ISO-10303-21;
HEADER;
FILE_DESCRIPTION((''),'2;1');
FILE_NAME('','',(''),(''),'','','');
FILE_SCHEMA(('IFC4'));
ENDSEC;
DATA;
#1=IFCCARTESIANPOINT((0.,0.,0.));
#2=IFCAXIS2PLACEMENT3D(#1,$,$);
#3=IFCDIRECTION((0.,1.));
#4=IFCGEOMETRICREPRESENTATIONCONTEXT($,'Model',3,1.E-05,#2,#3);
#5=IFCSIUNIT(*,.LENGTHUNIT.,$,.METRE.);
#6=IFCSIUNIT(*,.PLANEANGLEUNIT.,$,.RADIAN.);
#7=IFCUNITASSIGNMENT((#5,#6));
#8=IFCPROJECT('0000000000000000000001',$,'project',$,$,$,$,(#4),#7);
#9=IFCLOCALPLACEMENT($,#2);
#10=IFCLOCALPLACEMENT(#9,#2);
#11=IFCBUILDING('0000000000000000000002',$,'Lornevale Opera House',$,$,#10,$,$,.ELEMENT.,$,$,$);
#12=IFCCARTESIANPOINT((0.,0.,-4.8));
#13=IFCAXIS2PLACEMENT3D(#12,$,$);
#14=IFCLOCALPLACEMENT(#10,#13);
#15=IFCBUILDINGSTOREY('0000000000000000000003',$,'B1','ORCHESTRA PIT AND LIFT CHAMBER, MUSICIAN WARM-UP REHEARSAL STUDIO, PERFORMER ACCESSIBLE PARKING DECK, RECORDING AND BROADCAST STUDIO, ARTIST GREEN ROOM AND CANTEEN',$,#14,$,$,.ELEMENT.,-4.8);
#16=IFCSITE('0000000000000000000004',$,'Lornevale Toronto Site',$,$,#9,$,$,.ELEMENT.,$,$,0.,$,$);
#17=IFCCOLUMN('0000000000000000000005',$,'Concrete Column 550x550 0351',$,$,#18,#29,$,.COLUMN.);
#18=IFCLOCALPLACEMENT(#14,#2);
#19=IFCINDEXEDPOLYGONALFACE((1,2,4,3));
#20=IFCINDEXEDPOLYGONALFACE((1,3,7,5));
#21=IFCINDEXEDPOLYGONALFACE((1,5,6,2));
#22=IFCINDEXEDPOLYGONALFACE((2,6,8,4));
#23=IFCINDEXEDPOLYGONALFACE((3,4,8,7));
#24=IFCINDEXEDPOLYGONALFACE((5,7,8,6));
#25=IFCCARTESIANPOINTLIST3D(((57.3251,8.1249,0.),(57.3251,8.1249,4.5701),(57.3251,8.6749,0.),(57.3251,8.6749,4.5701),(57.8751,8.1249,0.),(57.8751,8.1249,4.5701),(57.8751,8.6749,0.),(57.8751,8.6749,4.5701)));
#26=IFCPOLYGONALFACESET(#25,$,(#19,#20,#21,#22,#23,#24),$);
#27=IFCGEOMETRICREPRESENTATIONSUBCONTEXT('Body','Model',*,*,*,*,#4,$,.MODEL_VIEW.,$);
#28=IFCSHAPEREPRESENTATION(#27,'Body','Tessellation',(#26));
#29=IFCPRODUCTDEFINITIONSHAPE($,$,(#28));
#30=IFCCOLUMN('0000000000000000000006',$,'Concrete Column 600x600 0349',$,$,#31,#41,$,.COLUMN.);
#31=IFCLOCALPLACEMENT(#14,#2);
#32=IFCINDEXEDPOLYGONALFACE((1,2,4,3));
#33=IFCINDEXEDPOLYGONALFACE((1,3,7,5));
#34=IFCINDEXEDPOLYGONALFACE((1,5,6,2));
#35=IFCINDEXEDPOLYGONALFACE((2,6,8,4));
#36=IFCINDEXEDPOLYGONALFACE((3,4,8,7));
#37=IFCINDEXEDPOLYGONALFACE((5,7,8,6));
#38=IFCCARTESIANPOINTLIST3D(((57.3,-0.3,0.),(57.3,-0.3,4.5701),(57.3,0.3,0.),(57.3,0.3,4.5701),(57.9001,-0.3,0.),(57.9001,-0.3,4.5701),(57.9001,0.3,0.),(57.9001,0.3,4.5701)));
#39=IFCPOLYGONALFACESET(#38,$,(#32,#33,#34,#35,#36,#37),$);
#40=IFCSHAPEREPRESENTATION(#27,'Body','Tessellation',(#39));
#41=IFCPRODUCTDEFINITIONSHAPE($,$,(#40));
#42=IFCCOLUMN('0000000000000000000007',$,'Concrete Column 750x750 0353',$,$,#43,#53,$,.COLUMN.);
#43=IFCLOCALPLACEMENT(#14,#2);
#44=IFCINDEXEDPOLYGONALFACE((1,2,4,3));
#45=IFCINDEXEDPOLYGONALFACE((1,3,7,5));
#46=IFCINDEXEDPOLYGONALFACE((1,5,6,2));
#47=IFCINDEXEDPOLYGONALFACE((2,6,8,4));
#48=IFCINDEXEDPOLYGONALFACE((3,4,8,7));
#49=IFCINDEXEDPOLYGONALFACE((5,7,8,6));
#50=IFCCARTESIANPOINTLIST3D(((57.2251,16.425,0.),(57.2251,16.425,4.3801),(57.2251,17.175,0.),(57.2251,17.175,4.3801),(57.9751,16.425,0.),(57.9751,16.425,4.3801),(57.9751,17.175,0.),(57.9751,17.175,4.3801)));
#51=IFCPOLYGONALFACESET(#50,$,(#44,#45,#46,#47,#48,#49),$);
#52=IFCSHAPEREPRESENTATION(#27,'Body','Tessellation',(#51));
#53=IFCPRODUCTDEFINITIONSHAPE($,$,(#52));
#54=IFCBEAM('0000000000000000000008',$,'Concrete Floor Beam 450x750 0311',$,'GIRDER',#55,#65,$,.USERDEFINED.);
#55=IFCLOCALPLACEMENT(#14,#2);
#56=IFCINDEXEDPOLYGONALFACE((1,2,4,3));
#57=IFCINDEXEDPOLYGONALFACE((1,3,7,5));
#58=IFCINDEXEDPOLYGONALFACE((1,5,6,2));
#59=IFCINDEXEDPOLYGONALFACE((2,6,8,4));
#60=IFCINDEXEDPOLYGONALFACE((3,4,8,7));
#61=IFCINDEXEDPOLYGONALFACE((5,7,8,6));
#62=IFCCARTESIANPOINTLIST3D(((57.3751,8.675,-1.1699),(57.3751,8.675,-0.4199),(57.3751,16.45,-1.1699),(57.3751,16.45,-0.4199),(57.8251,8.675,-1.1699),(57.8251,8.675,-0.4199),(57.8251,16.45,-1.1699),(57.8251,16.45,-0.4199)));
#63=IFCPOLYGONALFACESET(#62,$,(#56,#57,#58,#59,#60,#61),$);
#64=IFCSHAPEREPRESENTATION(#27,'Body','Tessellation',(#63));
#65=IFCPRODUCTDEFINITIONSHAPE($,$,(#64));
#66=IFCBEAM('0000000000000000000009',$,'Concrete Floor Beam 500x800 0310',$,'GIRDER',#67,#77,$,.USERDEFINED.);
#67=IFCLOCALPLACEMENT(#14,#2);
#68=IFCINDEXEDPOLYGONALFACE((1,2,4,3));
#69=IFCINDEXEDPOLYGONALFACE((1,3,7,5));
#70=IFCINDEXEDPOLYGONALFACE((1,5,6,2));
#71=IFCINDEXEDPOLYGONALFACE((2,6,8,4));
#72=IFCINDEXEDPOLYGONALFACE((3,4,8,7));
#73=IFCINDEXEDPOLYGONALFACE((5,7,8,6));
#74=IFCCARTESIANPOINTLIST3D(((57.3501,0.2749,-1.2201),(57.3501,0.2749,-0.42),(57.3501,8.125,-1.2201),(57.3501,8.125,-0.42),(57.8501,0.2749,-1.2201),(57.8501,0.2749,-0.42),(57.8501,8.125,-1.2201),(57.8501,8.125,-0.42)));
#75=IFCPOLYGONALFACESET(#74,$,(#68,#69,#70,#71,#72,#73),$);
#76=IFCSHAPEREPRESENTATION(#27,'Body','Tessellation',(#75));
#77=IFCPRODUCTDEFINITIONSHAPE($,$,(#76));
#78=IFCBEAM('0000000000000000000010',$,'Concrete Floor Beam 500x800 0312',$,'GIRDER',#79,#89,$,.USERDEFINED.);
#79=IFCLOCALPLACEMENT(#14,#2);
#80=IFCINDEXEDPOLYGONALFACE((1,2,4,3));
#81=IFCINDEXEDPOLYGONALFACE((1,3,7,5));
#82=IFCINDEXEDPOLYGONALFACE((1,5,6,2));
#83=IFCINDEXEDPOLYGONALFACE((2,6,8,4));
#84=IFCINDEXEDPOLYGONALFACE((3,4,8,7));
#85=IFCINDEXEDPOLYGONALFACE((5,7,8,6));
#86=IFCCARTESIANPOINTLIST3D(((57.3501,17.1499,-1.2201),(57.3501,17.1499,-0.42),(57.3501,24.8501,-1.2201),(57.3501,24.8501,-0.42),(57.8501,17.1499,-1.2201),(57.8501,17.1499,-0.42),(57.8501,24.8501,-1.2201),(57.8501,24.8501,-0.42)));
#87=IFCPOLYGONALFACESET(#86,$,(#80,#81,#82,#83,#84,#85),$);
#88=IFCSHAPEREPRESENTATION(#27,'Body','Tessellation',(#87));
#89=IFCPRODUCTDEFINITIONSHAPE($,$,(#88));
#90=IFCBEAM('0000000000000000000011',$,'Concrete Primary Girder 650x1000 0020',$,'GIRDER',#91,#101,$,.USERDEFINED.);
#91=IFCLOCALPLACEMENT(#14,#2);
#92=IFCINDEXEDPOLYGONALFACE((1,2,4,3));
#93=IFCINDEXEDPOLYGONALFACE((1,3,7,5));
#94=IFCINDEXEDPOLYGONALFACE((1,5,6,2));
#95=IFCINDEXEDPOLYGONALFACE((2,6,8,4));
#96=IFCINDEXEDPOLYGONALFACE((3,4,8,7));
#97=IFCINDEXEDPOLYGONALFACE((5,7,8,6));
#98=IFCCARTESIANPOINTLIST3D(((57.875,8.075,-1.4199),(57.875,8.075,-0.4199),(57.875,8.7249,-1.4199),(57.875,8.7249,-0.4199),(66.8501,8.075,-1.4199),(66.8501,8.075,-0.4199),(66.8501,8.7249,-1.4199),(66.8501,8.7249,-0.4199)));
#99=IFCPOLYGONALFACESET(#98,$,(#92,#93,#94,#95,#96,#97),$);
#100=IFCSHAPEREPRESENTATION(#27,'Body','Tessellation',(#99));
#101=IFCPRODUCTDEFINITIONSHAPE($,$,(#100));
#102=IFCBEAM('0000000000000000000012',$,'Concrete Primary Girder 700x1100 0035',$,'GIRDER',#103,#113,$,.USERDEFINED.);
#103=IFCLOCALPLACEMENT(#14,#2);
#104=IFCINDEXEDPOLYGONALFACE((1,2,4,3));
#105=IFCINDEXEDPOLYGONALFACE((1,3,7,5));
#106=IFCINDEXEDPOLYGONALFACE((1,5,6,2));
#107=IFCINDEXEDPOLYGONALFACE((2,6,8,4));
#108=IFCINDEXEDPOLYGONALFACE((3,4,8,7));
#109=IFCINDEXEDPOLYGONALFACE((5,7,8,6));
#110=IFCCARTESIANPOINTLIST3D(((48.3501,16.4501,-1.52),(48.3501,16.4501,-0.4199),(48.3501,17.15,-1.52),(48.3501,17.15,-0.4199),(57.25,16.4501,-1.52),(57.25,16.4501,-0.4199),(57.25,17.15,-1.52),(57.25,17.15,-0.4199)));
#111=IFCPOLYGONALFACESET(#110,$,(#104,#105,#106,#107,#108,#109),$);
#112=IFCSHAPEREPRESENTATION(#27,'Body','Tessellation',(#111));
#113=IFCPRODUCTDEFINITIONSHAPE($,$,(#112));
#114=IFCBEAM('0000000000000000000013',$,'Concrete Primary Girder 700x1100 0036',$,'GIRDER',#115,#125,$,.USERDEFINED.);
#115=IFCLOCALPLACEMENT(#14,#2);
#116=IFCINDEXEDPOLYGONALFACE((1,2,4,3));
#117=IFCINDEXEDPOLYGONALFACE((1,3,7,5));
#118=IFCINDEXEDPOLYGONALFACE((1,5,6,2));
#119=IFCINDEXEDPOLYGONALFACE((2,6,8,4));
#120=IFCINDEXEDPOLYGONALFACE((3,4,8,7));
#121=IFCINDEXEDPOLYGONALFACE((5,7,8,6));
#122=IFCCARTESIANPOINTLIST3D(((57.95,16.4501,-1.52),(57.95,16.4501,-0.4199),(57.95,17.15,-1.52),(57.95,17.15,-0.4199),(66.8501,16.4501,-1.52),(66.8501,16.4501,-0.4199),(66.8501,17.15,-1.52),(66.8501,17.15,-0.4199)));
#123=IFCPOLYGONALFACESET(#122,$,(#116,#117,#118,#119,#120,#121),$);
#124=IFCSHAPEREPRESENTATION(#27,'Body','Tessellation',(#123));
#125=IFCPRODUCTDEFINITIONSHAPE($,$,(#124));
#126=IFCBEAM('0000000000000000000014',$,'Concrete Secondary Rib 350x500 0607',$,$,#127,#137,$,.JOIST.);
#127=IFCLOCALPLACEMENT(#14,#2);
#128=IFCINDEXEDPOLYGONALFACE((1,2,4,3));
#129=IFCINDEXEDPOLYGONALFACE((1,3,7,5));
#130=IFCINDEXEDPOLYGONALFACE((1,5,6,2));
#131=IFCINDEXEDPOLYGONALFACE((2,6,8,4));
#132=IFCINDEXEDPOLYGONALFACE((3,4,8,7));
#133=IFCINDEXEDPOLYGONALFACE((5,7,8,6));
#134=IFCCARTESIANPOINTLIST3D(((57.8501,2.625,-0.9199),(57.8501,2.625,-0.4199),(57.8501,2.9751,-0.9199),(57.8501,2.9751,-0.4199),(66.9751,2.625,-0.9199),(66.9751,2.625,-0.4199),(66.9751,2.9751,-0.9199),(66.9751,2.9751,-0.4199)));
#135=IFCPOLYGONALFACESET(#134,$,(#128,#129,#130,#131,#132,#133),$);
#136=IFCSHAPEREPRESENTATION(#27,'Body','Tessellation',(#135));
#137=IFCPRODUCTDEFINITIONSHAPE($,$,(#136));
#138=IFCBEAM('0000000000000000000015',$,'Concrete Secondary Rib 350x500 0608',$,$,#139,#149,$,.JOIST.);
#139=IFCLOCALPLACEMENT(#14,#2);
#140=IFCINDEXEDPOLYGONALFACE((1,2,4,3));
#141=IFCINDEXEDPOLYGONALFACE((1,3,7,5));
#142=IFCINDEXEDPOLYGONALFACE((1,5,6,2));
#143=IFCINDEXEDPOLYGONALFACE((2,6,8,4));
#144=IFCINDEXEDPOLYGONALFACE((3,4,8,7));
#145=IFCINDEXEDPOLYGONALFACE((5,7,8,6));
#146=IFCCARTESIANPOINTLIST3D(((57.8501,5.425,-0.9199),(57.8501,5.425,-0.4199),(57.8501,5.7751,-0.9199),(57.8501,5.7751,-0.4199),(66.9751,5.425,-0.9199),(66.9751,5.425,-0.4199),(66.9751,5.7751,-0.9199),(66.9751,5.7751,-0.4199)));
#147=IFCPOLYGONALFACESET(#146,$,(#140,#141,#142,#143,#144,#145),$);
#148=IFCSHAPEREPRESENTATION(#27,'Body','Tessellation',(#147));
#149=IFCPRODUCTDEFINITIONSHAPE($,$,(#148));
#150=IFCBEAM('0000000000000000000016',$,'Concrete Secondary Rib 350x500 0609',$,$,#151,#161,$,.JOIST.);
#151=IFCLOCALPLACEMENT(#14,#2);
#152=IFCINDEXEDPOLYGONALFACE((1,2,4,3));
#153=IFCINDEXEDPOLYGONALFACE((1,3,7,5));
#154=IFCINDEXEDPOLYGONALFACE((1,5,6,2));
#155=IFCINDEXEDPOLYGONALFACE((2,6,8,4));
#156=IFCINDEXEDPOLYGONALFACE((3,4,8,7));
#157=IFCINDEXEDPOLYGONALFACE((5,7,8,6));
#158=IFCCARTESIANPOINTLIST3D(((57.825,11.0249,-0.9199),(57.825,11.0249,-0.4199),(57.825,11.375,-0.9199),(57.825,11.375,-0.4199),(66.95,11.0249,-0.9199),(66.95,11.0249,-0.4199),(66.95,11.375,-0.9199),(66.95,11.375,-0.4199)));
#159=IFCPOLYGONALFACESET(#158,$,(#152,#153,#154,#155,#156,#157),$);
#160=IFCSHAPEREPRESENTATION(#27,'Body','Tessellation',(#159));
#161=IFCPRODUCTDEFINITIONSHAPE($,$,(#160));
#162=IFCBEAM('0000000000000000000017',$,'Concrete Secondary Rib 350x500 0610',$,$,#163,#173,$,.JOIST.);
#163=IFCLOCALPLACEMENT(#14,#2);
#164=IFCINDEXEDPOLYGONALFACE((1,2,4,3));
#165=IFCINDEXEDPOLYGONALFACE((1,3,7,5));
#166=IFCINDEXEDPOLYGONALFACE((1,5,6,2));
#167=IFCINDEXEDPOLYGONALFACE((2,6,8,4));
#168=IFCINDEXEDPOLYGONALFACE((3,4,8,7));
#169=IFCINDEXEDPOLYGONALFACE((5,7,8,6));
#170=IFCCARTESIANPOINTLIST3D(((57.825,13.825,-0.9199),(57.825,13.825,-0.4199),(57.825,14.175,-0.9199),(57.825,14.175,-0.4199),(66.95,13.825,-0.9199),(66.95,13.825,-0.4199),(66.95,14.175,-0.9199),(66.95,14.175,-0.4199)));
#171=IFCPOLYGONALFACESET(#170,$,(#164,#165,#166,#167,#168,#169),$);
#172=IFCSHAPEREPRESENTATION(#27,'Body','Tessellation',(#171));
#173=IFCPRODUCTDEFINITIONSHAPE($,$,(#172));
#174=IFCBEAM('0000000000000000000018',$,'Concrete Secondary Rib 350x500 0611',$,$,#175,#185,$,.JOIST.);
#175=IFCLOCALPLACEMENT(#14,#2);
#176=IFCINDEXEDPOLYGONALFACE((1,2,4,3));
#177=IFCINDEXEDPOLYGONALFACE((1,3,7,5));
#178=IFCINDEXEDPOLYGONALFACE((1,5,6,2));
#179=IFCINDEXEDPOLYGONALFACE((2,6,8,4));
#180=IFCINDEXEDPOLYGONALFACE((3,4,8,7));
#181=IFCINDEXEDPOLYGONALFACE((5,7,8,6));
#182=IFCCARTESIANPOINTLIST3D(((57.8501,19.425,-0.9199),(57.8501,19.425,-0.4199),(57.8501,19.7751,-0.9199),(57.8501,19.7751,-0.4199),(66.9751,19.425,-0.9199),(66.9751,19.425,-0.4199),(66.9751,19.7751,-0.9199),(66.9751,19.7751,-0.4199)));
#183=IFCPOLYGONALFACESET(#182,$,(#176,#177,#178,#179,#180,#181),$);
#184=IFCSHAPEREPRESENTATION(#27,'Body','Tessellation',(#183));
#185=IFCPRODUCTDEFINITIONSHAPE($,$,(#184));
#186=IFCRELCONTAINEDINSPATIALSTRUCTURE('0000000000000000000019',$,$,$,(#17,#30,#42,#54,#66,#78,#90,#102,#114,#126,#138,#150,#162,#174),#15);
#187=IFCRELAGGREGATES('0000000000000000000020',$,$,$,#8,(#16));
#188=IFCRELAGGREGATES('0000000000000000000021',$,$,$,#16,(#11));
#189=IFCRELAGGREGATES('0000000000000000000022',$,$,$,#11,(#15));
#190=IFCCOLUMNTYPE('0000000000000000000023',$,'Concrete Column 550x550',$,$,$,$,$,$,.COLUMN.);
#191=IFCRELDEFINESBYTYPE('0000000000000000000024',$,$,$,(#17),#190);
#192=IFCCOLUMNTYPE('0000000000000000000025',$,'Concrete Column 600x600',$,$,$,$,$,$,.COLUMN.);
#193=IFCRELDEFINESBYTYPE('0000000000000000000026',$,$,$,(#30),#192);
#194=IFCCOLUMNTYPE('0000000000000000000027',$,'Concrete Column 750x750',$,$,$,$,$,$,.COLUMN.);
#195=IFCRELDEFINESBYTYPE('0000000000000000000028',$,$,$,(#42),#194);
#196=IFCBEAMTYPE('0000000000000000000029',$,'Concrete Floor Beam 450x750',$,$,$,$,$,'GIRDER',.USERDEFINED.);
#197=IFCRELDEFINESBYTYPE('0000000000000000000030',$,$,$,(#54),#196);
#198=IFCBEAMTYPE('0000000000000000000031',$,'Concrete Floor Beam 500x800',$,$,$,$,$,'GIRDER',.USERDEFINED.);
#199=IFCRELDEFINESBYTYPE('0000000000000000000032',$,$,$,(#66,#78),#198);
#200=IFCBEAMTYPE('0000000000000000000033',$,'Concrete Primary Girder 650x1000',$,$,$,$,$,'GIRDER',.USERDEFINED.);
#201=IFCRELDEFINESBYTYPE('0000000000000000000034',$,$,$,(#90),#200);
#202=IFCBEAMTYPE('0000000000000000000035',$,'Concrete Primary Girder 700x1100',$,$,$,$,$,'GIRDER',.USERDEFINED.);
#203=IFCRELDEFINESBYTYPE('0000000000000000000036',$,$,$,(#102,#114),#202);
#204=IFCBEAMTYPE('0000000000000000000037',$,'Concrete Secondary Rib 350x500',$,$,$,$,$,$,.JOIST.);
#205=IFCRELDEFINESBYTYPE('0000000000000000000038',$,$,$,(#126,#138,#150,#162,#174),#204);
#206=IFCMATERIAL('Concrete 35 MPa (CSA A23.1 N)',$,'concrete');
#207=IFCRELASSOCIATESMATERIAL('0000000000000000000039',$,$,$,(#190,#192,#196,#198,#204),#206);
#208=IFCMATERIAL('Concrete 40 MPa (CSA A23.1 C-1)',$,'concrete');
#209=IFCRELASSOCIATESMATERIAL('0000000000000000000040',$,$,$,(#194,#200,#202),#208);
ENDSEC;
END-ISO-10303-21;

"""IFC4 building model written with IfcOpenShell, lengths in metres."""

from ifc_helpers import new_model, si_unit, direction, frame, origin, origin_2d, place, context, subcontext, project, spatial, rectangle, extrude, material, material_profile, profile_set, type_object, element, save


model = new_model("IFC4")

# Units and contexts
model_context = context("Model", 3, precision=1e-05, world=origin(), true_north=direction((0.0, 1.0)))
body_context = subcontext(model_context, "Body", "Model", "MODEL_VIEW")
ifc_project = project(units=[si_unit("LENGTHUNIT", "METRE"), si_unit("PLANEANGLEUNIT", "RADIAN")], contexts=[model_context])

# Site, building, storey
site_placement = place(None, origin())
site = spatial("IfcSite", under=ifc_project, at=site_placement, Name="Lornevale Toronto Site", CompositionType="ELEMENT", RefElevation=0.0)
building_placement = place(site_placement, origin())
building = spatial("IfcBuilding", under=site, at=building_placement, Name="Lornevale Opera House", CompositionType="ELEMENT")
storey_placement = place(building_placement, frame((0.0, 0.0, -4.8)))
storey = spatial("IfcBuildingStorey", under=building, at=storey_placement, Name="B1", Description="ORCHESTRA PIT AND LIFT CHAMBER, MUSICIAN WARM-UP REHEARSAL STUDIO, PERFORMER ACCESSIBLE PARKING DECK, RECORDING AND BROADCAST STUDIO, ARTIST GREEN ROOM AND CANTEEN", CompositionType="ELEMENT", Elevation=-4.8)

# Columns
ifc_material_1 = material(Name="Concrete 35 MPa (CSA A23.1 N)", Category="concrete")
ifc_material_profile_1 = material_profile(ifc_material_1, rectangle(XDim=0.55, YDim=0.55, at=origin_2d()), Name="RC550x550")
ifc_profile_set_1 = profile_set([ifc_material_profile_1], Name="Concrete 35 MPa (CSA A23.1 N)")
column_type_1 = type_object("IfcColumnType", Name="Concrete Column 550x550", PredefinedType="COLUMN", material=ifc_profile_set_1)
column_1_placement = place(storey_placement, frame((57.6001, 8.3999, 0.0), z_axis=(0.0, 0.0, 1.0), x_axis=(1.0, 0.0, 0.0)))
element("IfcColumn", 1, at=column_1_placement, inside=storey, type_object=column_type_1, Name="Concrete Column 550x550 0351", PredefinedType="COLUMN", context=body_context, shape_type="SweptSolid", body=[
    extrude(rectangle(XDim=0.55, YDim=0.55, at=origin_2d()), origin(), (0.0, 0.0, 1.0), 4.5701),
])
ifc_material_profile_2 = material_profile(ifc_material_1, rectangle(XDim=0.6001, YDim=0.6001, at=origin_2d()), Name="RC600x600")
ifc_profile_set_2 = profile_set([ifc_material_profile_2], Name="Concrete 35 MPa (CSA A23.1 N)")
column_type_2 = type_object("IfcColumnType", Name="Concrete Column 600x600", PredefinedType="COLUMN", material=ifc_profile_set_2)
column_2_placement = place(storey_placement, frame((57.6001, 0.0, 0.0), z_axis=(0.0, 0.0, 1.0), x_axis=(1.0, 0.0, 0.0)))
element("IfcColumn", 2, at=column_2_placement, inside=storey, type_object=column_type_2, Name="Concrete Column 600x600 0349", PredefinedType="COLUMN", context=body_context, shape_type="SweptSolid", body=[
    extrude(rectangle(XDim=0.6001, YDim=0.6001, at=origin_2d()), origin(), (0.0, 0.0, 1.0), 4.5701),
])
ifc_material_2 = material(Name="Concrete 40 MPa (CSA A23.1 C-1)", Category="concrete")
ifc_material_profile_3 = material_profile(ifc_material_2, rectangle(XDim=0.75, YDim=0.75, at=origin_2d()), Name="RC750x750")
ifc_profile_set_3 = profile_set([ifc_material_profile_3], Name="Concrete 40 MPa (CSA A23.1 C-1)")
column_type_3 = type_object("IfcColumnType", Name="Concrete Column 750x750", PredefinedType="COLUMN", material=ifc_profile_set_3)
column_3_placement = place(storey_placement, frame((57.6001, 16.8, 0.0), z_axis=(0.0, 0.0, 1.0), x_axis=(1.0, 0.0, 0.0)))
element("IfcColumn", 3, at=column_3_placement, inside=storey, type_object=column_type_3, Name="Concrete Column 750x750 0353", PredefinedType="COLUMN", context=body_context, shape_type="SweptSolid", body=[
    extrude(rectangle(XDim=0.75, YDim=0.75, at=origin_2d()), origin(), (0.0, 0.0, 1.0), 4.3801),
])

# Beams
ifc_material_profile_4 = material_profile(ifc_material_1, rectangle(XDim=0.45, YDim=0.75, at=origin_2d()), Name="RC450x750")
ifc_profile_set_4 = profile_set([ifc_material_profile_4], Name="Concrete 35 MPa (CSA A23.1 N)")
beam_type_1 = type_object("IfcBeamType", Name="Concrete Floor Beam 450x750", ElementType="GIRDER", PredefinedType="USERDEFINED", material=ifc_profile_set_4)
beam_1_placement = place(storey_placement, frame((57.6001, 8.675, -0.7949), z_axis=(0.0, 1.0, 0.0), x_axis=(-1.0, 0.0, 0.0)))
element("IfcBeam", 4, at=beam_1_placement, inside=storey, type_object=beam_type_1, Name="Concrete Floor Beam 450x750 0311", ObjectType="GIRDER", PredefinedType="USERDEFINED", context=body_context, shape_type="SweptSolid", body=[
    extrude(rectangle(XDim=0.45, YDim=0.75, at=origin_2d()), origin(), (0.0, 0.0, 1.0), 7.7749),
])
ifc_material_profile_5 = material_profile(ifc_material_1, rectangle(XDim=0.5, YDim=0.8, at=origin_2d()), Name="RC500x800")
ifc_profile_set_5 = profile_set([ifc_material_profile_5], Name="Concrete 35 MPa (CSA A23.1 N)")
beam_type_2 = type_object("IfcBeamType", Name="Concrete Floor Beam 500x800", ElementType="GIRDER", PredefinedType="USERDEFINED", material=ifc_profile_set_5)
beam_2_placement = place(storey_placement, frame((57.6001, 0.2749, -0.8201), z_axis=(0.0, 1.0, 0.0), x_axis=(-1.0, 0.0, 0.0)))
element("IfcBeam", 5, at=beam_2_placement, inside=storey, type_object=beam_type_2, Name="Concrete Floor Beam 500x800 0310", ObjectType="GIRDER", PredefinedType="USERDEFINED", context=body_context, shape_type="SweptSolid", body=[
    extrude(rectangle(XDim=0.5, YDim=0.8, at=origin_2d()), origin(), (0.0, 0.0, 1.0), 7.8501),
])
beam_3_placement = place(storey_placement, frame((57.6001, 17.1499, -0.8201), z_axis=(0.0, 1.0, 0.0), x_axis=(-1.0, 0.0, 0.0)))
element("IfcBeam", 6, at=beam_3_placement, inside=storey, type_object=beam_type_2, Name="Concrete Floor Beam 500x800 0312", ObjectType="GIRDER", PredefinedType="USERDEFINED", context=body_context, shape_type="SweptSolid", body=[
    extrude(rectangle(XDim=0.5, YDim=0.8, at=origin_2d()), origin(), (0.0, 0.0, 1.0), 7.7002),
])
ifc_material_profile_6 = material_profile(ifc_material_2, rectangle(XDim=0.6499, YDim=1.0, at=origin_2d()), Name="RC650x1000")
ifc_profile_set_6 = profile_set([ifc_material_profile_6], Name="Concrete 40 MPa (CSA A23.1 C-1)")
beam_type_3 = type_object("IfcBeamType", Name="Concrete Primary Girder 650x1000", ElementType="GIRDER", PredefinedType="USERDEFINED", material=ifc_profile_set_6)
beam_4_placement = place(storey_placement, frame((57.875, 8.3999, -0.9199), z_axis=(1.0, 0.0, 0.0), x_axis=(0.0, 1.0, 0.0)))
element("IfcBeam", 7, at=beam_4_placement, inside=storey, type_object=beam_type_3, Name="Concrete Primary Girder 650x1000 0020", ObjectType="GIRDER", PredefinedType="USERDEFINED", context=body_context, shape_type="SweptSolid", body=[
    extrude(rectangle(XDim=0.6499, YDim=1.0, at=origin_2d()), origin(), (0.0, 0.0, 1.0), 8.9751),
])
ifc_material_profile_7 = material_profile(ifc_material_2, rectangle(XDim=0.7, YDim=1.1001, at=origin_2d()), Name="RC700x1100")
ifc_profile_set_7 = profile_set([ifc_material_profile_7], Name="Concrete 40 MPa (CSA A23.1 C-1)")
beam_type_4 = type_object("IfcBeamType", Name="Concrete Primary Girder 700x1100", ElementType="GIRDER", PredefinedType="USERDEFINED", material=ifc_profile_set_7)
beam_5_placement = place(storey_placement, frame((48.3501, 16.8, -0.97), z_axis=(1.0, 0.0, 0.0), x_axis=(0.0, 1.0, 0.0)))
element("IfcBeam", 8, at=beam_5_placement, inside=storey, type_object=beam_type_4, Name="Concrete Primary Girder 700x1100 0035", ObjectType="GIRDER", PredefinedType="USERDEFINED", context=body_context, shape_type="SweptSolid", body=[
    extrude(rectangle(XDim=0.7, YDim=1.1001, at=origin_2d()), origin(), (0.0, 0.0, 1.0), 8.8999),
])
beam_6_placement = place(storey_placement, frame((57.95, 16.8, -0.97), z_axis=(1.0, 0.0, 0.0), x_axis=(0.0, 1.0, 0.0)))
element("IfcBeam", 9, at=beam_6_placement, inside=storey, type_object=beam_type_4, Name="Concrete Primary Girder 700x1100 0036", ObjectType="GIRDER", PredefinedType="USERDEFINED", context=body_context, shape_type="SweptSolid", body=[
    extrude(rectangle(XDim=0.7, YDim=1.1001, at=origin_2d()), origin(), (0.0, 0.0, 1.0), 8.9001),
])
ifc_material_profile_8 = material_profile(ifc_material_1, rectangle(XDim=0.3501, YDim=0.5, at=origin_2d()), Name="RC350x500")
ifc_profile_set_8 = profile_set([ifc_material_profile_8], Name="Concrete 35 MPa (CSA A23.1 N)")
beam_type_5 = type_object("IfcBeamType", Name="Concrete Secondary Rib 350x500", PredefinedType="JOIST", material=ifc_profile_set_8)
for number, where, z_axis, x_axis, name in (
    (10, (57.8501, 2.8, -0.6699), (1.0, 0.0, 0.0), (0.0, 1.0, 0.0), "Concrete Secondary Rib 350x500 0607"),
    (11, (57.8501, 5.6001, -0.6699), (1.0, 0.0, 0.0), (0.0, 1.0, 0.0), "Concrete Secondary Rib 350x500 0608"),
    (12, (57.825, 11.2, -0.6699), (1.0, 0.0, 0.0), (0.0, 1.0, 0.0), "Concrete Secondary Rib 350x500 0609"),
    (13, (57.825, 14.0, -0.6699), (1.0, 0.0, 0.0), (0.0, 1.0, 0.0), "Concrete Secondary Rib 350x500 0610"),
    (14, (57.8501, 19.6001, -0.6699), (1.0, 0.0, 0.0), (0.0, 1.0, 0.0), "Concrete Secondary Rib 350x500 0611"),
):
    element("IfcBeam", number, at=place(storey_placement, frame(where, z_axis=z_axis, x_axis=x_axis)), inside=storey, type_object=beam_type_5, Name=name, PredefinedType="JOIST", context=body_context, shape_type="SweptSolid", body=[
        extrude(rectangle(XDim=0.3501, YDim=0.5, at=origin_2d()), origin(), (0.0, 0.0, 1.0), 9.125),
    ])

save(model, "model.ifc")
